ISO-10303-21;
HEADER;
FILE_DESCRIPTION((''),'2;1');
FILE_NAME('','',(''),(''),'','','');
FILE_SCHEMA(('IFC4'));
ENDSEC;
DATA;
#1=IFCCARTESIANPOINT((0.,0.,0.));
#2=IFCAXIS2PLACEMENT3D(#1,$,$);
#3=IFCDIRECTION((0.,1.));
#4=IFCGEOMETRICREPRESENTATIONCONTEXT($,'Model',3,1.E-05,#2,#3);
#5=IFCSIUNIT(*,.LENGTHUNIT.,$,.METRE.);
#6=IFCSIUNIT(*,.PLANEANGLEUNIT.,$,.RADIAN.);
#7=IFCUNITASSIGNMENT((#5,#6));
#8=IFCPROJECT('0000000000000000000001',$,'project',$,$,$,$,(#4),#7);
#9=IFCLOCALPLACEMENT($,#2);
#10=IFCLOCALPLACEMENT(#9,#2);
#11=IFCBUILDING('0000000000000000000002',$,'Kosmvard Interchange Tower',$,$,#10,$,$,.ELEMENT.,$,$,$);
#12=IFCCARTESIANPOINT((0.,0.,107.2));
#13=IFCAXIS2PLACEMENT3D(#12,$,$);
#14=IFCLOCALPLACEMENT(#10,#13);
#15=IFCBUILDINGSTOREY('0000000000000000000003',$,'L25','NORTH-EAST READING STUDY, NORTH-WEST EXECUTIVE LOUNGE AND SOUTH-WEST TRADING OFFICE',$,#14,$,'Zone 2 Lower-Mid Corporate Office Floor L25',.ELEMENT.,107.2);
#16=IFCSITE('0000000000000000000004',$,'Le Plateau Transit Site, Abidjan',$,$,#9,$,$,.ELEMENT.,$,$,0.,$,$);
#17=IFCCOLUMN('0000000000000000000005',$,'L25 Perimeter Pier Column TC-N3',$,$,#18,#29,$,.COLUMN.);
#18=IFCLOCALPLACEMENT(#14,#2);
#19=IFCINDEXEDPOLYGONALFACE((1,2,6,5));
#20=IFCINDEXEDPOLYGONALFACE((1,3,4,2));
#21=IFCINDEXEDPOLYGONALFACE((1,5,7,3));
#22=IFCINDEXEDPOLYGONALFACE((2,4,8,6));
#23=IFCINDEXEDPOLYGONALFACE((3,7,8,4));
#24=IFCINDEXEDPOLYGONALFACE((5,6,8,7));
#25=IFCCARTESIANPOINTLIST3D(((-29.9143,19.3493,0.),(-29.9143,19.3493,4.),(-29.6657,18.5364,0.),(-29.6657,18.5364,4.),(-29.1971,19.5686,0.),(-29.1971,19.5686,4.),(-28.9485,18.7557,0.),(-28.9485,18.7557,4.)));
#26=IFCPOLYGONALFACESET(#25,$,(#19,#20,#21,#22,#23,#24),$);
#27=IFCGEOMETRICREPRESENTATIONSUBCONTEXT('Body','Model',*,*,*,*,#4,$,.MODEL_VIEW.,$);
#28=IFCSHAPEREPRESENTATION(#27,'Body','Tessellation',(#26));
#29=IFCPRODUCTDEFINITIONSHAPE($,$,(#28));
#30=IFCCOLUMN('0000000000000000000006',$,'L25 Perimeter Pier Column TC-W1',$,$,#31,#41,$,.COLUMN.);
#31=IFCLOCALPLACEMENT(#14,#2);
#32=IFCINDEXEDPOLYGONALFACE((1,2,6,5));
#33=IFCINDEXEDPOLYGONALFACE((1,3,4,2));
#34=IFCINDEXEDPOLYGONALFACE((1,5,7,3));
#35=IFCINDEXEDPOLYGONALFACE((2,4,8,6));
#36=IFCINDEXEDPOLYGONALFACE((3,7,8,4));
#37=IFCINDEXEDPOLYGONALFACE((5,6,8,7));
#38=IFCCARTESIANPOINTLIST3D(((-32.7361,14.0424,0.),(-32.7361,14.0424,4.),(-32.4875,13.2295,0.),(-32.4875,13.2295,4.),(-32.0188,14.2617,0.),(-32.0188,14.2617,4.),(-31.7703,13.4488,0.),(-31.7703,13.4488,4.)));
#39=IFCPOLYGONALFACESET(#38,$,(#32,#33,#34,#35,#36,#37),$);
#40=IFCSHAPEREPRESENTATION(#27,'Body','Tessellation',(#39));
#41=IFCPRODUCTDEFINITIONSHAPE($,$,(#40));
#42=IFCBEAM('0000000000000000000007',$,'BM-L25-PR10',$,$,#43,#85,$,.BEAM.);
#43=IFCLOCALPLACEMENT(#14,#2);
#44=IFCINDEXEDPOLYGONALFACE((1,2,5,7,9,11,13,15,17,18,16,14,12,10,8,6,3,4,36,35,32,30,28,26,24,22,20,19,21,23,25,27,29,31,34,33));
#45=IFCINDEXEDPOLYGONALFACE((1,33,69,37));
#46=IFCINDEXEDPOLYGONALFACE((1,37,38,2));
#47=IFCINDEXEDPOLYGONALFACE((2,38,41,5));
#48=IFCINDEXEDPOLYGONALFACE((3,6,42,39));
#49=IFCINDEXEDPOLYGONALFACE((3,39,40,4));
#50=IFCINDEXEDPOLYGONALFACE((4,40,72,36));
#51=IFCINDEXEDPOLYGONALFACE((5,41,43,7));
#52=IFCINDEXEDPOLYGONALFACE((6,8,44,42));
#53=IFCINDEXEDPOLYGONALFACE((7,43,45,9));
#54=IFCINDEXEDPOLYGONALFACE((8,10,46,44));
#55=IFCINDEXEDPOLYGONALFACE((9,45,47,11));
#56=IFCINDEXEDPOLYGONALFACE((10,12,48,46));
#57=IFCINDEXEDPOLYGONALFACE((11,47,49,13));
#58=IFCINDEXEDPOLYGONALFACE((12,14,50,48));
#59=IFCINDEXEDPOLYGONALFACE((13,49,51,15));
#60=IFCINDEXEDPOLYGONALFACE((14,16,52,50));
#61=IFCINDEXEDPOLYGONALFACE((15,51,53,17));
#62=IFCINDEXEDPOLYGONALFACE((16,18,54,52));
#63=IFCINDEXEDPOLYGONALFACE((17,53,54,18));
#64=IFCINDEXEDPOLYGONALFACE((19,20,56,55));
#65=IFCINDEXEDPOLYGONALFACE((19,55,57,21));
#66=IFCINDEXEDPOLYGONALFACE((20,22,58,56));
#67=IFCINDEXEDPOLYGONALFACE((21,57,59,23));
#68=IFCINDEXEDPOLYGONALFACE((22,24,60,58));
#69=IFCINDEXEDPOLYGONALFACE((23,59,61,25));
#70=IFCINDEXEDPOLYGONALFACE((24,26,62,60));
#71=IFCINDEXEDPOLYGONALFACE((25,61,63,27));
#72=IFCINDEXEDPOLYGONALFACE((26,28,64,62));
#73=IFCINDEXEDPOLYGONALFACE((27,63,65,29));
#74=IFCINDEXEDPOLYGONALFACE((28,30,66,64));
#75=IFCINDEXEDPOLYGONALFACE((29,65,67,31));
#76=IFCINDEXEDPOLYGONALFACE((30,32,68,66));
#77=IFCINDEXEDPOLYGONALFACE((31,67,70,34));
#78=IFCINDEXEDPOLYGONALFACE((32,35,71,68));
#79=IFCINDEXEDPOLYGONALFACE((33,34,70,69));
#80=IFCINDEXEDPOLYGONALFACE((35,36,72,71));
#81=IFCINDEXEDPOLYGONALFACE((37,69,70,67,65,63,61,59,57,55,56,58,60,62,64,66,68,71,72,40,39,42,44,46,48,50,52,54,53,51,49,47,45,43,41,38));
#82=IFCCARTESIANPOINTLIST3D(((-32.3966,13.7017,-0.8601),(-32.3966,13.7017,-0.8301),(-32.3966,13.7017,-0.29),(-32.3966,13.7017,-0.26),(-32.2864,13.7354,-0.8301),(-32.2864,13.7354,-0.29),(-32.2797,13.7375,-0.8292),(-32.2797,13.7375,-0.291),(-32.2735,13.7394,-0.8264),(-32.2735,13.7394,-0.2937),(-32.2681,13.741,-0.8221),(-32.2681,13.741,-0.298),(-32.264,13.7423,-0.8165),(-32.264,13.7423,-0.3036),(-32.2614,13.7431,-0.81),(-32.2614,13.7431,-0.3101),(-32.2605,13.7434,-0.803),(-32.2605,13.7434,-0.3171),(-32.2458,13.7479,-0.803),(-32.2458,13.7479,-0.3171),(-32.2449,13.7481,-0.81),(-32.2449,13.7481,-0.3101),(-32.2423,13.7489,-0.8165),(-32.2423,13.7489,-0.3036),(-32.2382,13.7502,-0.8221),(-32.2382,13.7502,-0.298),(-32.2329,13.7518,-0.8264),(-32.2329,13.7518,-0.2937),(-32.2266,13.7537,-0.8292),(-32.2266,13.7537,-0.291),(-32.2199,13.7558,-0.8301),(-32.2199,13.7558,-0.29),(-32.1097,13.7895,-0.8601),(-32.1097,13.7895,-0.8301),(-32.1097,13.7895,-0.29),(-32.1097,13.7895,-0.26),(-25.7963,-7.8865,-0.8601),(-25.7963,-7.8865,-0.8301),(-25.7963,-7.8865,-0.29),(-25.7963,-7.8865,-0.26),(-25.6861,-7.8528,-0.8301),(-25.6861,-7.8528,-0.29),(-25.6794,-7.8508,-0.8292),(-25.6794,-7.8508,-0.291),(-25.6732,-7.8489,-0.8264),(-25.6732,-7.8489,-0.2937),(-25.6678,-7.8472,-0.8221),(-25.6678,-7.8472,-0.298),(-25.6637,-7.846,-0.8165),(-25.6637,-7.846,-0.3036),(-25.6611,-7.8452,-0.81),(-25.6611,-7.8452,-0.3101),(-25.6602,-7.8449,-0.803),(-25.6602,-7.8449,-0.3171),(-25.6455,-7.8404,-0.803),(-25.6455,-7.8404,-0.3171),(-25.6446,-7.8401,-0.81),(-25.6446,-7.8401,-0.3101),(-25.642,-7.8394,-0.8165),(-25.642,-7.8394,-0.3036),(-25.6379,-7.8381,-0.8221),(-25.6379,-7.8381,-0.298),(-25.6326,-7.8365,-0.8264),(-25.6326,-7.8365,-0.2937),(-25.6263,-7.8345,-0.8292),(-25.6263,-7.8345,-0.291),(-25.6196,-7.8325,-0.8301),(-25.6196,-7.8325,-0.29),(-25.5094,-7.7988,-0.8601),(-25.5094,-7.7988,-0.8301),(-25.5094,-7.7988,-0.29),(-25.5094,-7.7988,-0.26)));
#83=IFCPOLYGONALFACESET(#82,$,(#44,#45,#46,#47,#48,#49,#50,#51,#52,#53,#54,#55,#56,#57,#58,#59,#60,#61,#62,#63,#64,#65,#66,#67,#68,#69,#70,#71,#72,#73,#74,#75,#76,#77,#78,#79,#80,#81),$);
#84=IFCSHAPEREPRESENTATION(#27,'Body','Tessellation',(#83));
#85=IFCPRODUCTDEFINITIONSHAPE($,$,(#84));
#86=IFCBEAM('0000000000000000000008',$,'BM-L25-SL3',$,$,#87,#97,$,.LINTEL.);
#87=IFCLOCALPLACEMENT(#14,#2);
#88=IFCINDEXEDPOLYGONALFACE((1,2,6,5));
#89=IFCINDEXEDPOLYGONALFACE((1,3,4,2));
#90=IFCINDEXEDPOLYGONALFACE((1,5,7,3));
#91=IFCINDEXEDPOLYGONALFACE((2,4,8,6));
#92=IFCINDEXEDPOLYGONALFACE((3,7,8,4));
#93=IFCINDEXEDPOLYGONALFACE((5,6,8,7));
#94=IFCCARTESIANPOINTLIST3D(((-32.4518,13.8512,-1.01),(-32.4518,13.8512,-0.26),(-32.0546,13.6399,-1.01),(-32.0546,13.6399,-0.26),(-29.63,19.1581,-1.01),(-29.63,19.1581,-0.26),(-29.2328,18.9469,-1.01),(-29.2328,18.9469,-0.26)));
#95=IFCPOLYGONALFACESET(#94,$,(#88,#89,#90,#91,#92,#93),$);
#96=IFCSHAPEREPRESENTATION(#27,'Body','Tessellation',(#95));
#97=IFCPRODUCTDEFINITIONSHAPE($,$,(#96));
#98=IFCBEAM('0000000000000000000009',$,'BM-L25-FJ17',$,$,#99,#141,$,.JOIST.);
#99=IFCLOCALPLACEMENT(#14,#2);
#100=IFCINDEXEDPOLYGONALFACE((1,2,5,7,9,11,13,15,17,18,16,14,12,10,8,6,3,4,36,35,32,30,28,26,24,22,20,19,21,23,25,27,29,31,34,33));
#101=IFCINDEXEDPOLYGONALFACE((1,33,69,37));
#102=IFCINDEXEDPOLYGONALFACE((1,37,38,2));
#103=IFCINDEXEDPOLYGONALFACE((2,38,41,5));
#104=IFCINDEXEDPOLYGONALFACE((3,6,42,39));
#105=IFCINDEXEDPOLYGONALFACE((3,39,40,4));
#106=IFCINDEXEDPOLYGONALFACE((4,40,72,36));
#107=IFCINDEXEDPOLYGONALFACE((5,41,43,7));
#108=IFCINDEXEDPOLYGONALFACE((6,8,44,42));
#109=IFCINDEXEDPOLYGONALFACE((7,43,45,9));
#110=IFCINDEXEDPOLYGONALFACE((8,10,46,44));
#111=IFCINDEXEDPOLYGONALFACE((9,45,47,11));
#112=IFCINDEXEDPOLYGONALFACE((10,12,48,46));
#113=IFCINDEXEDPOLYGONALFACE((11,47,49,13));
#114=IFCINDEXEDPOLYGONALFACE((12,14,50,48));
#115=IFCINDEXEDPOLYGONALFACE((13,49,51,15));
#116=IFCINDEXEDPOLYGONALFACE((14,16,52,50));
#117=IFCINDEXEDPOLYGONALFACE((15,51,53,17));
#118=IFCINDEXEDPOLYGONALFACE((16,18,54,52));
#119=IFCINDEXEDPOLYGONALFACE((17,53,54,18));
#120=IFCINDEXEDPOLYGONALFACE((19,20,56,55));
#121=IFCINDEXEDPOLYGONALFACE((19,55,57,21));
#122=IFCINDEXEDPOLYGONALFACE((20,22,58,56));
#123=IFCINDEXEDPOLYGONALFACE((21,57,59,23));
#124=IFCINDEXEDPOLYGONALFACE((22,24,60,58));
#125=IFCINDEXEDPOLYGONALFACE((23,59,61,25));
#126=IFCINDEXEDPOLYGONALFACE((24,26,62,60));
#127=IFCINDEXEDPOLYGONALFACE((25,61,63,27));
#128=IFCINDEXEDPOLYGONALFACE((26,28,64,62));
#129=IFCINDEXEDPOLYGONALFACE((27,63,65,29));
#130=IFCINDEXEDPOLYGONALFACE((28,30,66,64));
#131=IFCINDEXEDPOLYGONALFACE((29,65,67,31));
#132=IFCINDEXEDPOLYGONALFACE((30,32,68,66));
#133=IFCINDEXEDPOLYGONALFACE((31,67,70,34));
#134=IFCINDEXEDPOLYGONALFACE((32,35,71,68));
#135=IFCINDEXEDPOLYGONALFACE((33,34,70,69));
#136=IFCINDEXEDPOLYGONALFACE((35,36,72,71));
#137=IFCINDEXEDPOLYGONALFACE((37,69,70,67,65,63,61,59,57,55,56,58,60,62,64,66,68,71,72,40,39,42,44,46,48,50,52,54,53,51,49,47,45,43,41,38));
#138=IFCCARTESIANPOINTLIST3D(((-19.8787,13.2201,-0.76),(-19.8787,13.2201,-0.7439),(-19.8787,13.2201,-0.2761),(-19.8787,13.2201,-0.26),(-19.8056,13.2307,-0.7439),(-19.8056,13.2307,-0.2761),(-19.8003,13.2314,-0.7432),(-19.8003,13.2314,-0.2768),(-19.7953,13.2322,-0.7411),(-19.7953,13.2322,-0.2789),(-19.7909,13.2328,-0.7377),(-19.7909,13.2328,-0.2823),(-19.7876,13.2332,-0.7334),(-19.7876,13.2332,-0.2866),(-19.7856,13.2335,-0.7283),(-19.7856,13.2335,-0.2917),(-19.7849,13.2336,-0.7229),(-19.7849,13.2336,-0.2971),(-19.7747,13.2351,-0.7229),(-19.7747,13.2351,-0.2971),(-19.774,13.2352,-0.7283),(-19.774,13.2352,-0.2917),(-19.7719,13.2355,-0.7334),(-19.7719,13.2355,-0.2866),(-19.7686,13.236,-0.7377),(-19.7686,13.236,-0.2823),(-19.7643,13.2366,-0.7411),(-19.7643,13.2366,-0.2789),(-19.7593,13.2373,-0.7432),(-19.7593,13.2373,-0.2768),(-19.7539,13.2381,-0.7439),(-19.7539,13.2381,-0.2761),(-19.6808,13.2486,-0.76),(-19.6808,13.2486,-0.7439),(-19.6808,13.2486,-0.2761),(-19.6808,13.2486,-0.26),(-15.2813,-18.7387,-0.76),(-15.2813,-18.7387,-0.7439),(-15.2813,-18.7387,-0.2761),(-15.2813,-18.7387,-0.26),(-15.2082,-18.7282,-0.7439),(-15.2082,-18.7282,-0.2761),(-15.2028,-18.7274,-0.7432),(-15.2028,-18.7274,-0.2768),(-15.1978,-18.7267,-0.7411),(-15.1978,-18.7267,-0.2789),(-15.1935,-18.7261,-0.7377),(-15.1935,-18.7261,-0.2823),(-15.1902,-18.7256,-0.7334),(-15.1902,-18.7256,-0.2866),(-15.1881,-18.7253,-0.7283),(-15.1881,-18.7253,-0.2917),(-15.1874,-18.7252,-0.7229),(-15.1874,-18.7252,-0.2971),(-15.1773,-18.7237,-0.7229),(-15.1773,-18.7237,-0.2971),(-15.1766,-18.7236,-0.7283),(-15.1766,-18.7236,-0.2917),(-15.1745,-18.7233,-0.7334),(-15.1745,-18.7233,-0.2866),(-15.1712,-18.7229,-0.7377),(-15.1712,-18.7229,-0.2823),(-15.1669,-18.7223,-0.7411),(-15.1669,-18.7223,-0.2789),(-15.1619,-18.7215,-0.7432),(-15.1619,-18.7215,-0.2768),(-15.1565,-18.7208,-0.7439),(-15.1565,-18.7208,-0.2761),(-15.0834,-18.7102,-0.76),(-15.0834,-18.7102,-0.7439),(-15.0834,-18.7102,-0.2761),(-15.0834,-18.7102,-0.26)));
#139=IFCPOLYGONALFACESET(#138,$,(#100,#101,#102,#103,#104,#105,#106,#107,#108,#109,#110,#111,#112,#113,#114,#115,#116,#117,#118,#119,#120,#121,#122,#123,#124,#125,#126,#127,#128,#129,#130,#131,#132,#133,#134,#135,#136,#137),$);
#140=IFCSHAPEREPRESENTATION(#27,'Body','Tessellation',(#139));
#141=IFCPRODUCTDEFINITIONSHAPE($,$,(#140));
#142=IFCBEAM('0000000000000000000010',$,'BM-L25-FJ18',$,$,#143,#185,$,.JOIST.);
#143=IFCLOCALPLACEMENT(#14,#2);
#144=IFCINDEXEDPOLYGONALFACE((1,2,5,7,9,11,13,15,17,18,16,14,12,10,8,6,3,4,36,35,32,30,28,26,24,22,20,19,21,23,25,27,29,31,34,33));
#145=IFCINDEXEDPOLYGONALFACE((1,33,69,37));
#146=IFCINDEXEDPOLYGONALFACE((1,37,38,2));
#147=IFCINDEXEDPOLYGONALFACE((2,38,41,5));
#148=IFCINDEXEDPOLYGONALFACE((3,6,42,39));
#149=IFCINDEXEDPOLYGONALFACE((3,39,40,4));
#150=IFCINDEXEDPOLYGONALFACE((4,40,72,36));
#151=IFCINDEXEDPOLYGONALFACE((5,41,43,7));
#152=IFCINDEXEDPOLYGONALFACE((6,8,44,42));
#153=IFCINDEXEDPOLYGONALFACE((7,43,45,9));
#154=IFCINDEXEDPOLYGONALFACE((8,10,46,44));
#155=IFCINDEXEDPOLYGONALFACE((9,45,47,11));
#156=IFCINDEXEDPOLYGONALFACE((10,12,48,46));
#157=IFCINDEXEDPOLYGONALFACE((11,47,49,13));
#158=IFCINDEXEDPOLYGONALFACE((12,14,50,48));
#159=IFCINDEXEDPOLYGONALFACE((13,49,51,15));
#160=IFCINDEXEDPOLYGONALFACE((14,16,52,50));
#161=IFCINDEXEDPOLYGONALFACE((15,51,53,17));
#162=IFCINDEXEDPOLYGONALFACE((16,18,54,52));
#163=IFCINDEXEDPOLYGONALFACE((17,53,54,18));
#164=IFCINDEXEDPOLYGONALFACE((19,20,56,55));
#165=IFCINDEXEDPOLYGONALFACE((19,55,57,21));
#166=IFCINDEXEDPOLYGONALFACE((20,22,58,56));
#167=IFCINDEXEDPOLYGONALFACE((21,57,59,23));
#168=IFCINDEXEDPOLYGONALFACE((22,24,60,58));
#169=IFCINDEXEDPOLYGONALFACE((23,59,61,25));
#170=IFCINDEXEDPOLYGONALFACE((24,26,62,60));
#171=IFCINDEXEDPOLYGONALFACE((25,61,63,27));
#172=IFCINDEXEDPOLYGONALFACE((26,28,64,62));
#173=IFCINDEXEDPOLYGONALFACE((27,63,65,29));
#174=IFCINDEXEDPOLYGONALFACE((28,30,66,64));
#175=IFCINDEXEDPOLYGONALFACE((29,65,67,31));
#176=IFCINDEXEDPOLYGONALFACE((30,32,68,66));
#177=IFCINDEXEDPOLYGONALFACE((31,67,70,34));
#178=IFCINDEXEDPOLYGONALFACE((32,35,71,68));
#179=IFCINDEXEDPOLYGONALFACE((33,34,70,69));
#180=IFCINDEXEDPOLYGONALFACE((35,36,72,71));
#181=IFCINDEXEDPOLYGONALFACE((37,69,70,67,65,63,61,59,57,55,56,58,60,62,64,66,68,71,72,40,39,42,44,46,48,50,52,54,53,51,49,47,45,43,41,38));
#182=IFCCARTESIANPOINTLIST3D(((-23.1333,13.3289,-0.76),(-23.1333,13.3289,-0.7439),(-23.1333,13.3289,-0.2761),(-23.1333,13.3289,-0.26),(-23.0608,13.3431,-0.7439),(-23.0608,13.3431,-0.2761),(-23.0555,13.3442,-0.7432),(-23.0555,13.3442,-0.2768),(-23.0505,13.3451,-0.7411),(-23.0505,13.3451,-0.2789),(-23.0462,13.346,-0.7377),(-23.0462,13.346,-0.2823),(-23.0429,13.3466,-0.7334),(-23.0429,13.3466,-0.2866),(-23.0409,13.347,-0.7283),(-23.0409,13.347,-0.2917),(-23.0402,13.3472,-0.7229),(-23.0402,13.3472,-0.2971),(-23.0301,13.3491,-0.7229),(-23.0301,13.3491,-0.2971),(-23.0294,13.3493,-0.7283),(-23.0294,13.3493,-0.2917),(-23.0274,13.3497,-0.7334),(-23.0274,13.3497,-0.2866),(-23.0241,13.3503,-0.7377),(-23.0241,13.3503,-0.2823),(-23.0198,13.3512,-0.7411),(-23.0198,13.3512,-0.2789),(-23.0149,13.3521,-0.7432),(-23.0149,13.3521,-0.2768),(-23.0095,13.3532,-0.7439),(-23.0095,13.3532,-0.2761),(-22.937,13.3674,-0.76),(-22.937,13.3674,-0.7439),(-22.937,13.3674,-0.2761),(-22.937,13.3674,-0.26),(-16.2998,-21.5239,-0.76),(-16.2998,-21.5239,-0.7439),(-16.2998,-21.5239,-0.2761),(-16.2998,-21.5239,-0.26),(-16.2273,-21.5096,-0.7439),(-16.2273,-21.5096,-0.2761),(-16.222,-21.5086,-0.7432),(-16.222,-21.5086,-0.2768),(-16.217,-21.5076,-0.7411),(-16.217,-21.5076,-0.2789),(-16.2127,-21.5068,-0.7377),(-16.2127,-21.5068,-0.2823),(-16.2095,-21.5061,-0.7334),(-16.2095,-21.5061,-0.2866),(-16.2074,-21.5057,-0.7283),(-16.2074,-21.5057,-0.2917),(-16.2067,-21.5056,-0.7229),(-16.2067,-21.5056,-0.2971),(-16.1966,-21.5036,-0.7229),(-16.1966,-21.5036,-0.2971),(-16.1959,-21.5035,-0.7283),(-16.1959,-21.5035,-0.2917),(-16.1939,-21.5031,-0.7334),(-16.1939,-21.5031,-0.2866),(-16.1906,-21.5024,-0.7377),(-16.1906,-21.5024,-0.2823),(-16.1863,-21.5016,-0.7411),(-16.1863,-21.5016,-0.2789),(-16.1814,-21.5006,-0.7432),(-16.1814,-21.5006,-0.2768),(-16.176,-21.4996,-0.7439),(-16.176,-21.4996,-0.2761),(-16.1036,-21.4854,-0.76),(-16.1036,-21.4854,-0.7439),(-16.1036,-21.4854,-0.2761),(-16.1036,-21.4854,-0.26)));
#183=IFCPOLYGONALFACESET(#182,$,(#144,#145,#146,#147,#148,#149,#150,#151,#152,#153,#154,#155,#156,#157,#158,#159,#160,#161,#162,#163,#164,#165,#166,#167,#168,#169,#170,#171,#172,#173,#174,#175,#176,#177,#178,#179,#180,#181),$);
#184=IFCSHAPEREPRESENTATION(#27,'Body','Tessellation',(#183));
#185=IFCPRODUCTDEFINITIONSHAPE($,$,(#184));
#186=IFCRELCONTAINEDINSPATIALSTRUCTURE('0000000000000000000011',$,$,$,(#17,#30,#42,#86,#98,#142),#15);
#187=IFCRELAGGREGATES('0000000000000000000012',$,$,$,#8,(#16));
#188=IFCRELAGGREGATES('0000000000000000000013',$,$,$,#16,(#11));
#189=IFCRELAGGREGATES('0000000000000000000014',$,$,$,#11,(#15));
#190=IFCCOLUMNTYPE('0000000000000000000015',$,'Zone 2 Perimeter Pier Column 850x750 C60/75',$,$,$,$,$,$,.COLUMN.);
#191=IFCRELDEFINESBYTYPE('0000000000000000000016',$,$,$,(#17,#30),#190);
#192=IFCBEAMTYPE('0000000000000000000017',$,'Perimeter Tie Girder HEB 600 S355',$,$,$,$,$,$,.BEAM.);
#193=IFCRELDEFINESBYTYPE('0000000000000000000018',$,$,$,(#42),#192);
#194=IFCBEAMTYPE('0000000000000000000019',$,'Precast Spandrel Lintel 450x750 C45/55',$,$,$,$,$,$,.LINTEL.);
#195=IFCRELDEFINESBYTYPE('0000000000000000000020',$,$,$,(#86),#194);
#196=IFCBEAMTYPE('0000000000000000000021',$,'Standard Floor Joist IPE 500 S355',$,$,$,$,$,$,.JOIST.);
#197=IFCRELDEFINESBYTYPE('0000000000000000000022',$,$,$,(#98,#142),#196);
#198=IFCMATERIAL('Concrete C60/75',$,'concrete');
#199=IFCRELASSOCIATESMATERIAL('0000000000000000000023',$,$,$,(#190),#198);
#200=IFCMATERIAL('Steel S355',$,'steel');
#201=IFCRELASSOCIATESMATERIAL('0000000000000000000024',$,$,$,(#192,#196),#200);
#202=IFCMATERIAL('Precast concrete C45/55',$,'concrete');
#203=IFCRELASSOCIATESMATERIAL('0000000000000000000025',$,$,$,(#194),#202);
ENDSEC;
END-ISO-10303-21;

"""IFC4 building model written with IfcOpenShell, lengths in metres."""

from ifc_helpers import new_model, si_unit, direction, frame, origin, origin_2d, place, context, subcontext, project, spatial, rectangle, i_section, extrude, source, transform, mapped, material, material_profile, profile_set, type_object, element, save


model = new_model("IFC4")

# Units and contexts
model_context = context("Model", 3, precision=1e-05, world=origin(), true_north=direction((0.0, 1.0)))
body_context = subcontext(model_context, "Body", "Model", "MODEL_VIEW")
ifc_project = project(units=[si_unit("LENGTHUNIT", "METRE"), si_unit("PLANEANGLEUNIT", "RADIAN")], contexts=[model_context])

# Site, building, storey
site_placement = place(None, origin())
site = spatial("IfcSite", under=ifc_project, at=site_placement, Name="Le Plateau Transit Site, Abidjan", CompositionType="ELEMENT", RefElevation=0.0)
building_placement = place(site_placement, origin())
building = spatial("IfcBuilding", under=site, at=building_placement, Name="Kosmvard Interchange Tower", CompositionType="ELEMENT")
storey_placement = place(building_placement, frame((0.0, 0.0, 107.2)))
storey = spatial("IfcBuildingStorey", under=building, at=storey_placement, Name="L25", Description="NORTH-EAST READING STUDY, NORTH-WEST EXECUTIVE LOUNGE AND SOUTH-WEST TRADING OFFICE", LongName="Zone 2 Lower-Mid Corporate Office Floor L25", CompositionType="ELEMENT", Elevation=107.2)

# Columns
ifc_material_1 = material(Name="Concrete C60/75", Category="concrete")
ifc_material_profile_1 = material_profile(ifc_material_1, rectangle(XDim=0.75, YDim=0.8501, at=origin_2d()), Name="TC 850x750")
ifc_profile_set_1 = profile_set([ifc_material_profile_1], Name="Concrete C60/75")
column_type = type_object("IfcColumnType", Name="Zone 2 Perimeter Pier Column 850x750 C60/75", PredefinedType="COLUMN", material=ifc_profile_set_1)
shared_shape_1 = source(origin(), body_context, "Body", "SweptSolid", [
    extrude(rectangle(XDim=0.75, YDim=0.8501, at=origin_2d()), origin(), (0.0, 0.0, 1.0), 4.0),
])
for number, where, z_axis, x_axis, name in (
    (1, (-29.4314, 19.0525, 0.0), (0.0, 0.0, 1.0), (0.956305, 0.292372, 0.0), "L25 Perimeter Pier Column TC-N3"),
    (2, (-32.2532, 13.7456, 0.0), (0.0, 0.0, 1.0), (0.956305, 0.292372, 0.0), "L25 Perimeter Pier Column TC-W1"),
):
    element("IfcColumn", number, at=place(storey_placement, frame(where, z_axis=z_axis, x_axis=x_axis)), inside=storey, type_object=column_type, Name=name, PredefinedType="COLUMN", context=body_context, shape_type="MappedRepresentation", body=[
        mapped(shared_shape_1, transform((0.0, 0.0, 0.0), scale=1.0)),
    ])

# Beams
ifc_material_2 = material(Name="Steel S355", Category="steel")
ifc_material_profile_2 = material_profile(ifc_material_2, i_section(OverallWidth=0.3, OverallDepth=0.6001, WebThickness=0.0154, FlangeThickness=0.03, FilletRadius=0.0271, at=origin_2d()), Name="HEB 600")
ifc_profile_set_2 = profile_set([ifc_material_profile_2], Name="Steel S355")
beam_type_1 = type_object("IfcBeamType", Name="Perimeter Tie Girder HEB 600 S355", PredefinedType="BEAM", material=ifc_profile_set_2)
shared_shape_2 = source(origin(), body_context, "Body", "SweptSolid", [
    extrude(i_section(OverallWidth=0.3, OverallDepth=0.6001, WebThickness=0.0154, FlangeThickness=0.03, FilletRadius=0.0271, at=origin_2d()), origin(), (0.0, 0.0, 1.0), 22.5747),
])
beam_1_placement = place(storey_placement, frame((-32.2532, 13.7456, -0.5601), z_axis=(0.292376, -0.956303, 0.0), x_axis=(0.956303, 0.292376, 0.0)))
element("IfcBeam", 3, at=beam_1_placement, inside=storey, type_object=beam_type_1, Name="BM-L25-PR10", PredefinedType="BEAM", context=body_context, shape_type="MappedRepresentation", body=[
    mapped(shared_shape_2, transform((0.0, 0.0, 0.0), scale=1.0)),
])
ifc_material_3 = material(Name="Precast concrete C45/55", Category="concrete")
ifc_material_profile_3 = material_profile(ifc_material_3, rectangle(XDim=0.45, YDim=0.75, at=origin_2d()), Name="SL 450x750")
ifc_profile_set_3 = profile_set([ifc_material_profile_3], Name="Precast concrete C45/55")
beam_type_2 = type_object("IfcBeamType", Name="Precast Spandrel Lintel 450x750 C45/55", PredefinedType="LINTEL", material=ifc_profile_set_3)
shared_shape_3 = source(origin(), body_context, "Body", "SweptSolid", [
    extrude(rectangle(XDim=0.45, YDim=0.75, at=origin_2d()), origin(), (0.0, 0.0, 1.0), 6.0105),
])
beam_2_placement = place(storey_placement, frame((-29.4314, 19.0525, -0.635), z_axis=(-0.469479, -0.882944, 0.0), x_axis=(0.882944, -0.469479, 0.0)))
element("IfcBeam", 4, at=beam_2_placement, inside=storey, type_object=beam_type_2, Name="BM-L25-SL3", PredefinedType="LINTEL", context=body_context, shape_type="MappedRepresentation", body=[
    mapped(shared_shape_3, transform((0.0, 0.0, 0.0), scale=1.0)),
])
ifc_material_profile_4 = material_profile(ifc_material_2, i_section(OverallWidth=0.2, OverallDepth=0.5, WebThickness=0.0103, FlangeThickness=0.0161, FilletRadius=0.021, at=origin_2d()), Name="IPE 500")
ifc_profile_set_4 = profile_set([ifc_material_profile_4], Name="Steel S355")
beam_type_3 = type_object("IfcBeamType", Name="Standard Floor Joist IPE 500 S355", PredefinedType="JOIST", material=ifc_profile_set_4)
shared_shape_4 = source(origin(), body_context, "Body", "SweptSolid", [
    extrude(i_section(OverallWidth=0.2, OverallDepth=0.5, WebThickness=0.0103, FlangeThickness=0.0161, FilletRadius=0.021, at=origin_2d()), origin(), (0.0, 0.0, 1.0), 32.2878),
])
beam_3_placement = place(storey_placement, frame((-19.7798, 13.2344, -0.51), z_axis=(0.142389, -0.989811, 0.0), x_axis=(0.989811, 0.142389, 0.0)))
element("IfcBeam", 5, at=beam_3_placement, inside=storey, type_object=beam_type_3, Name="BM-L25-FJ17", PredefinedType="JOIST", context=body_context, shape_type="MappedRepresentation", body=[
    mapped(shared_shape_4, transform((0.0, 0.0, 0.0), scale=1.0)),
])
shared_shape_5 = source(origin(), body_context, "Body", "SweptSolid", [
    extrude(i_section(OverallWidth=0.2, OverallDepth=0.5, WebThickness=0.0103, FlangeThickness=0.0161, FilletRadius=0.021, at=origin_2d()), origin(), (0.0, 0.0, 1.0), 35.5164),
])
beam_4_placement = place(storey_placement, frame((-23.0352, 13.3481, -0.51), z_axis=(0.192404, -0.981316, 0.0), x_axis=(0.981316, 0.192404, 0.0)))
element("IfcBeam", 6, at=beam_4_placement, inside=storey, type_object=beam_type_3, Name="BM-L25-FJ18", PredefinedType="JOIST", context=body_context, shape_type="MappedRepresentation", body=[
    mapped(shared_shape_5, transform((0.0, 0.0, 0.0), scale=1.0)),
])

save(model, "model.ifc")
